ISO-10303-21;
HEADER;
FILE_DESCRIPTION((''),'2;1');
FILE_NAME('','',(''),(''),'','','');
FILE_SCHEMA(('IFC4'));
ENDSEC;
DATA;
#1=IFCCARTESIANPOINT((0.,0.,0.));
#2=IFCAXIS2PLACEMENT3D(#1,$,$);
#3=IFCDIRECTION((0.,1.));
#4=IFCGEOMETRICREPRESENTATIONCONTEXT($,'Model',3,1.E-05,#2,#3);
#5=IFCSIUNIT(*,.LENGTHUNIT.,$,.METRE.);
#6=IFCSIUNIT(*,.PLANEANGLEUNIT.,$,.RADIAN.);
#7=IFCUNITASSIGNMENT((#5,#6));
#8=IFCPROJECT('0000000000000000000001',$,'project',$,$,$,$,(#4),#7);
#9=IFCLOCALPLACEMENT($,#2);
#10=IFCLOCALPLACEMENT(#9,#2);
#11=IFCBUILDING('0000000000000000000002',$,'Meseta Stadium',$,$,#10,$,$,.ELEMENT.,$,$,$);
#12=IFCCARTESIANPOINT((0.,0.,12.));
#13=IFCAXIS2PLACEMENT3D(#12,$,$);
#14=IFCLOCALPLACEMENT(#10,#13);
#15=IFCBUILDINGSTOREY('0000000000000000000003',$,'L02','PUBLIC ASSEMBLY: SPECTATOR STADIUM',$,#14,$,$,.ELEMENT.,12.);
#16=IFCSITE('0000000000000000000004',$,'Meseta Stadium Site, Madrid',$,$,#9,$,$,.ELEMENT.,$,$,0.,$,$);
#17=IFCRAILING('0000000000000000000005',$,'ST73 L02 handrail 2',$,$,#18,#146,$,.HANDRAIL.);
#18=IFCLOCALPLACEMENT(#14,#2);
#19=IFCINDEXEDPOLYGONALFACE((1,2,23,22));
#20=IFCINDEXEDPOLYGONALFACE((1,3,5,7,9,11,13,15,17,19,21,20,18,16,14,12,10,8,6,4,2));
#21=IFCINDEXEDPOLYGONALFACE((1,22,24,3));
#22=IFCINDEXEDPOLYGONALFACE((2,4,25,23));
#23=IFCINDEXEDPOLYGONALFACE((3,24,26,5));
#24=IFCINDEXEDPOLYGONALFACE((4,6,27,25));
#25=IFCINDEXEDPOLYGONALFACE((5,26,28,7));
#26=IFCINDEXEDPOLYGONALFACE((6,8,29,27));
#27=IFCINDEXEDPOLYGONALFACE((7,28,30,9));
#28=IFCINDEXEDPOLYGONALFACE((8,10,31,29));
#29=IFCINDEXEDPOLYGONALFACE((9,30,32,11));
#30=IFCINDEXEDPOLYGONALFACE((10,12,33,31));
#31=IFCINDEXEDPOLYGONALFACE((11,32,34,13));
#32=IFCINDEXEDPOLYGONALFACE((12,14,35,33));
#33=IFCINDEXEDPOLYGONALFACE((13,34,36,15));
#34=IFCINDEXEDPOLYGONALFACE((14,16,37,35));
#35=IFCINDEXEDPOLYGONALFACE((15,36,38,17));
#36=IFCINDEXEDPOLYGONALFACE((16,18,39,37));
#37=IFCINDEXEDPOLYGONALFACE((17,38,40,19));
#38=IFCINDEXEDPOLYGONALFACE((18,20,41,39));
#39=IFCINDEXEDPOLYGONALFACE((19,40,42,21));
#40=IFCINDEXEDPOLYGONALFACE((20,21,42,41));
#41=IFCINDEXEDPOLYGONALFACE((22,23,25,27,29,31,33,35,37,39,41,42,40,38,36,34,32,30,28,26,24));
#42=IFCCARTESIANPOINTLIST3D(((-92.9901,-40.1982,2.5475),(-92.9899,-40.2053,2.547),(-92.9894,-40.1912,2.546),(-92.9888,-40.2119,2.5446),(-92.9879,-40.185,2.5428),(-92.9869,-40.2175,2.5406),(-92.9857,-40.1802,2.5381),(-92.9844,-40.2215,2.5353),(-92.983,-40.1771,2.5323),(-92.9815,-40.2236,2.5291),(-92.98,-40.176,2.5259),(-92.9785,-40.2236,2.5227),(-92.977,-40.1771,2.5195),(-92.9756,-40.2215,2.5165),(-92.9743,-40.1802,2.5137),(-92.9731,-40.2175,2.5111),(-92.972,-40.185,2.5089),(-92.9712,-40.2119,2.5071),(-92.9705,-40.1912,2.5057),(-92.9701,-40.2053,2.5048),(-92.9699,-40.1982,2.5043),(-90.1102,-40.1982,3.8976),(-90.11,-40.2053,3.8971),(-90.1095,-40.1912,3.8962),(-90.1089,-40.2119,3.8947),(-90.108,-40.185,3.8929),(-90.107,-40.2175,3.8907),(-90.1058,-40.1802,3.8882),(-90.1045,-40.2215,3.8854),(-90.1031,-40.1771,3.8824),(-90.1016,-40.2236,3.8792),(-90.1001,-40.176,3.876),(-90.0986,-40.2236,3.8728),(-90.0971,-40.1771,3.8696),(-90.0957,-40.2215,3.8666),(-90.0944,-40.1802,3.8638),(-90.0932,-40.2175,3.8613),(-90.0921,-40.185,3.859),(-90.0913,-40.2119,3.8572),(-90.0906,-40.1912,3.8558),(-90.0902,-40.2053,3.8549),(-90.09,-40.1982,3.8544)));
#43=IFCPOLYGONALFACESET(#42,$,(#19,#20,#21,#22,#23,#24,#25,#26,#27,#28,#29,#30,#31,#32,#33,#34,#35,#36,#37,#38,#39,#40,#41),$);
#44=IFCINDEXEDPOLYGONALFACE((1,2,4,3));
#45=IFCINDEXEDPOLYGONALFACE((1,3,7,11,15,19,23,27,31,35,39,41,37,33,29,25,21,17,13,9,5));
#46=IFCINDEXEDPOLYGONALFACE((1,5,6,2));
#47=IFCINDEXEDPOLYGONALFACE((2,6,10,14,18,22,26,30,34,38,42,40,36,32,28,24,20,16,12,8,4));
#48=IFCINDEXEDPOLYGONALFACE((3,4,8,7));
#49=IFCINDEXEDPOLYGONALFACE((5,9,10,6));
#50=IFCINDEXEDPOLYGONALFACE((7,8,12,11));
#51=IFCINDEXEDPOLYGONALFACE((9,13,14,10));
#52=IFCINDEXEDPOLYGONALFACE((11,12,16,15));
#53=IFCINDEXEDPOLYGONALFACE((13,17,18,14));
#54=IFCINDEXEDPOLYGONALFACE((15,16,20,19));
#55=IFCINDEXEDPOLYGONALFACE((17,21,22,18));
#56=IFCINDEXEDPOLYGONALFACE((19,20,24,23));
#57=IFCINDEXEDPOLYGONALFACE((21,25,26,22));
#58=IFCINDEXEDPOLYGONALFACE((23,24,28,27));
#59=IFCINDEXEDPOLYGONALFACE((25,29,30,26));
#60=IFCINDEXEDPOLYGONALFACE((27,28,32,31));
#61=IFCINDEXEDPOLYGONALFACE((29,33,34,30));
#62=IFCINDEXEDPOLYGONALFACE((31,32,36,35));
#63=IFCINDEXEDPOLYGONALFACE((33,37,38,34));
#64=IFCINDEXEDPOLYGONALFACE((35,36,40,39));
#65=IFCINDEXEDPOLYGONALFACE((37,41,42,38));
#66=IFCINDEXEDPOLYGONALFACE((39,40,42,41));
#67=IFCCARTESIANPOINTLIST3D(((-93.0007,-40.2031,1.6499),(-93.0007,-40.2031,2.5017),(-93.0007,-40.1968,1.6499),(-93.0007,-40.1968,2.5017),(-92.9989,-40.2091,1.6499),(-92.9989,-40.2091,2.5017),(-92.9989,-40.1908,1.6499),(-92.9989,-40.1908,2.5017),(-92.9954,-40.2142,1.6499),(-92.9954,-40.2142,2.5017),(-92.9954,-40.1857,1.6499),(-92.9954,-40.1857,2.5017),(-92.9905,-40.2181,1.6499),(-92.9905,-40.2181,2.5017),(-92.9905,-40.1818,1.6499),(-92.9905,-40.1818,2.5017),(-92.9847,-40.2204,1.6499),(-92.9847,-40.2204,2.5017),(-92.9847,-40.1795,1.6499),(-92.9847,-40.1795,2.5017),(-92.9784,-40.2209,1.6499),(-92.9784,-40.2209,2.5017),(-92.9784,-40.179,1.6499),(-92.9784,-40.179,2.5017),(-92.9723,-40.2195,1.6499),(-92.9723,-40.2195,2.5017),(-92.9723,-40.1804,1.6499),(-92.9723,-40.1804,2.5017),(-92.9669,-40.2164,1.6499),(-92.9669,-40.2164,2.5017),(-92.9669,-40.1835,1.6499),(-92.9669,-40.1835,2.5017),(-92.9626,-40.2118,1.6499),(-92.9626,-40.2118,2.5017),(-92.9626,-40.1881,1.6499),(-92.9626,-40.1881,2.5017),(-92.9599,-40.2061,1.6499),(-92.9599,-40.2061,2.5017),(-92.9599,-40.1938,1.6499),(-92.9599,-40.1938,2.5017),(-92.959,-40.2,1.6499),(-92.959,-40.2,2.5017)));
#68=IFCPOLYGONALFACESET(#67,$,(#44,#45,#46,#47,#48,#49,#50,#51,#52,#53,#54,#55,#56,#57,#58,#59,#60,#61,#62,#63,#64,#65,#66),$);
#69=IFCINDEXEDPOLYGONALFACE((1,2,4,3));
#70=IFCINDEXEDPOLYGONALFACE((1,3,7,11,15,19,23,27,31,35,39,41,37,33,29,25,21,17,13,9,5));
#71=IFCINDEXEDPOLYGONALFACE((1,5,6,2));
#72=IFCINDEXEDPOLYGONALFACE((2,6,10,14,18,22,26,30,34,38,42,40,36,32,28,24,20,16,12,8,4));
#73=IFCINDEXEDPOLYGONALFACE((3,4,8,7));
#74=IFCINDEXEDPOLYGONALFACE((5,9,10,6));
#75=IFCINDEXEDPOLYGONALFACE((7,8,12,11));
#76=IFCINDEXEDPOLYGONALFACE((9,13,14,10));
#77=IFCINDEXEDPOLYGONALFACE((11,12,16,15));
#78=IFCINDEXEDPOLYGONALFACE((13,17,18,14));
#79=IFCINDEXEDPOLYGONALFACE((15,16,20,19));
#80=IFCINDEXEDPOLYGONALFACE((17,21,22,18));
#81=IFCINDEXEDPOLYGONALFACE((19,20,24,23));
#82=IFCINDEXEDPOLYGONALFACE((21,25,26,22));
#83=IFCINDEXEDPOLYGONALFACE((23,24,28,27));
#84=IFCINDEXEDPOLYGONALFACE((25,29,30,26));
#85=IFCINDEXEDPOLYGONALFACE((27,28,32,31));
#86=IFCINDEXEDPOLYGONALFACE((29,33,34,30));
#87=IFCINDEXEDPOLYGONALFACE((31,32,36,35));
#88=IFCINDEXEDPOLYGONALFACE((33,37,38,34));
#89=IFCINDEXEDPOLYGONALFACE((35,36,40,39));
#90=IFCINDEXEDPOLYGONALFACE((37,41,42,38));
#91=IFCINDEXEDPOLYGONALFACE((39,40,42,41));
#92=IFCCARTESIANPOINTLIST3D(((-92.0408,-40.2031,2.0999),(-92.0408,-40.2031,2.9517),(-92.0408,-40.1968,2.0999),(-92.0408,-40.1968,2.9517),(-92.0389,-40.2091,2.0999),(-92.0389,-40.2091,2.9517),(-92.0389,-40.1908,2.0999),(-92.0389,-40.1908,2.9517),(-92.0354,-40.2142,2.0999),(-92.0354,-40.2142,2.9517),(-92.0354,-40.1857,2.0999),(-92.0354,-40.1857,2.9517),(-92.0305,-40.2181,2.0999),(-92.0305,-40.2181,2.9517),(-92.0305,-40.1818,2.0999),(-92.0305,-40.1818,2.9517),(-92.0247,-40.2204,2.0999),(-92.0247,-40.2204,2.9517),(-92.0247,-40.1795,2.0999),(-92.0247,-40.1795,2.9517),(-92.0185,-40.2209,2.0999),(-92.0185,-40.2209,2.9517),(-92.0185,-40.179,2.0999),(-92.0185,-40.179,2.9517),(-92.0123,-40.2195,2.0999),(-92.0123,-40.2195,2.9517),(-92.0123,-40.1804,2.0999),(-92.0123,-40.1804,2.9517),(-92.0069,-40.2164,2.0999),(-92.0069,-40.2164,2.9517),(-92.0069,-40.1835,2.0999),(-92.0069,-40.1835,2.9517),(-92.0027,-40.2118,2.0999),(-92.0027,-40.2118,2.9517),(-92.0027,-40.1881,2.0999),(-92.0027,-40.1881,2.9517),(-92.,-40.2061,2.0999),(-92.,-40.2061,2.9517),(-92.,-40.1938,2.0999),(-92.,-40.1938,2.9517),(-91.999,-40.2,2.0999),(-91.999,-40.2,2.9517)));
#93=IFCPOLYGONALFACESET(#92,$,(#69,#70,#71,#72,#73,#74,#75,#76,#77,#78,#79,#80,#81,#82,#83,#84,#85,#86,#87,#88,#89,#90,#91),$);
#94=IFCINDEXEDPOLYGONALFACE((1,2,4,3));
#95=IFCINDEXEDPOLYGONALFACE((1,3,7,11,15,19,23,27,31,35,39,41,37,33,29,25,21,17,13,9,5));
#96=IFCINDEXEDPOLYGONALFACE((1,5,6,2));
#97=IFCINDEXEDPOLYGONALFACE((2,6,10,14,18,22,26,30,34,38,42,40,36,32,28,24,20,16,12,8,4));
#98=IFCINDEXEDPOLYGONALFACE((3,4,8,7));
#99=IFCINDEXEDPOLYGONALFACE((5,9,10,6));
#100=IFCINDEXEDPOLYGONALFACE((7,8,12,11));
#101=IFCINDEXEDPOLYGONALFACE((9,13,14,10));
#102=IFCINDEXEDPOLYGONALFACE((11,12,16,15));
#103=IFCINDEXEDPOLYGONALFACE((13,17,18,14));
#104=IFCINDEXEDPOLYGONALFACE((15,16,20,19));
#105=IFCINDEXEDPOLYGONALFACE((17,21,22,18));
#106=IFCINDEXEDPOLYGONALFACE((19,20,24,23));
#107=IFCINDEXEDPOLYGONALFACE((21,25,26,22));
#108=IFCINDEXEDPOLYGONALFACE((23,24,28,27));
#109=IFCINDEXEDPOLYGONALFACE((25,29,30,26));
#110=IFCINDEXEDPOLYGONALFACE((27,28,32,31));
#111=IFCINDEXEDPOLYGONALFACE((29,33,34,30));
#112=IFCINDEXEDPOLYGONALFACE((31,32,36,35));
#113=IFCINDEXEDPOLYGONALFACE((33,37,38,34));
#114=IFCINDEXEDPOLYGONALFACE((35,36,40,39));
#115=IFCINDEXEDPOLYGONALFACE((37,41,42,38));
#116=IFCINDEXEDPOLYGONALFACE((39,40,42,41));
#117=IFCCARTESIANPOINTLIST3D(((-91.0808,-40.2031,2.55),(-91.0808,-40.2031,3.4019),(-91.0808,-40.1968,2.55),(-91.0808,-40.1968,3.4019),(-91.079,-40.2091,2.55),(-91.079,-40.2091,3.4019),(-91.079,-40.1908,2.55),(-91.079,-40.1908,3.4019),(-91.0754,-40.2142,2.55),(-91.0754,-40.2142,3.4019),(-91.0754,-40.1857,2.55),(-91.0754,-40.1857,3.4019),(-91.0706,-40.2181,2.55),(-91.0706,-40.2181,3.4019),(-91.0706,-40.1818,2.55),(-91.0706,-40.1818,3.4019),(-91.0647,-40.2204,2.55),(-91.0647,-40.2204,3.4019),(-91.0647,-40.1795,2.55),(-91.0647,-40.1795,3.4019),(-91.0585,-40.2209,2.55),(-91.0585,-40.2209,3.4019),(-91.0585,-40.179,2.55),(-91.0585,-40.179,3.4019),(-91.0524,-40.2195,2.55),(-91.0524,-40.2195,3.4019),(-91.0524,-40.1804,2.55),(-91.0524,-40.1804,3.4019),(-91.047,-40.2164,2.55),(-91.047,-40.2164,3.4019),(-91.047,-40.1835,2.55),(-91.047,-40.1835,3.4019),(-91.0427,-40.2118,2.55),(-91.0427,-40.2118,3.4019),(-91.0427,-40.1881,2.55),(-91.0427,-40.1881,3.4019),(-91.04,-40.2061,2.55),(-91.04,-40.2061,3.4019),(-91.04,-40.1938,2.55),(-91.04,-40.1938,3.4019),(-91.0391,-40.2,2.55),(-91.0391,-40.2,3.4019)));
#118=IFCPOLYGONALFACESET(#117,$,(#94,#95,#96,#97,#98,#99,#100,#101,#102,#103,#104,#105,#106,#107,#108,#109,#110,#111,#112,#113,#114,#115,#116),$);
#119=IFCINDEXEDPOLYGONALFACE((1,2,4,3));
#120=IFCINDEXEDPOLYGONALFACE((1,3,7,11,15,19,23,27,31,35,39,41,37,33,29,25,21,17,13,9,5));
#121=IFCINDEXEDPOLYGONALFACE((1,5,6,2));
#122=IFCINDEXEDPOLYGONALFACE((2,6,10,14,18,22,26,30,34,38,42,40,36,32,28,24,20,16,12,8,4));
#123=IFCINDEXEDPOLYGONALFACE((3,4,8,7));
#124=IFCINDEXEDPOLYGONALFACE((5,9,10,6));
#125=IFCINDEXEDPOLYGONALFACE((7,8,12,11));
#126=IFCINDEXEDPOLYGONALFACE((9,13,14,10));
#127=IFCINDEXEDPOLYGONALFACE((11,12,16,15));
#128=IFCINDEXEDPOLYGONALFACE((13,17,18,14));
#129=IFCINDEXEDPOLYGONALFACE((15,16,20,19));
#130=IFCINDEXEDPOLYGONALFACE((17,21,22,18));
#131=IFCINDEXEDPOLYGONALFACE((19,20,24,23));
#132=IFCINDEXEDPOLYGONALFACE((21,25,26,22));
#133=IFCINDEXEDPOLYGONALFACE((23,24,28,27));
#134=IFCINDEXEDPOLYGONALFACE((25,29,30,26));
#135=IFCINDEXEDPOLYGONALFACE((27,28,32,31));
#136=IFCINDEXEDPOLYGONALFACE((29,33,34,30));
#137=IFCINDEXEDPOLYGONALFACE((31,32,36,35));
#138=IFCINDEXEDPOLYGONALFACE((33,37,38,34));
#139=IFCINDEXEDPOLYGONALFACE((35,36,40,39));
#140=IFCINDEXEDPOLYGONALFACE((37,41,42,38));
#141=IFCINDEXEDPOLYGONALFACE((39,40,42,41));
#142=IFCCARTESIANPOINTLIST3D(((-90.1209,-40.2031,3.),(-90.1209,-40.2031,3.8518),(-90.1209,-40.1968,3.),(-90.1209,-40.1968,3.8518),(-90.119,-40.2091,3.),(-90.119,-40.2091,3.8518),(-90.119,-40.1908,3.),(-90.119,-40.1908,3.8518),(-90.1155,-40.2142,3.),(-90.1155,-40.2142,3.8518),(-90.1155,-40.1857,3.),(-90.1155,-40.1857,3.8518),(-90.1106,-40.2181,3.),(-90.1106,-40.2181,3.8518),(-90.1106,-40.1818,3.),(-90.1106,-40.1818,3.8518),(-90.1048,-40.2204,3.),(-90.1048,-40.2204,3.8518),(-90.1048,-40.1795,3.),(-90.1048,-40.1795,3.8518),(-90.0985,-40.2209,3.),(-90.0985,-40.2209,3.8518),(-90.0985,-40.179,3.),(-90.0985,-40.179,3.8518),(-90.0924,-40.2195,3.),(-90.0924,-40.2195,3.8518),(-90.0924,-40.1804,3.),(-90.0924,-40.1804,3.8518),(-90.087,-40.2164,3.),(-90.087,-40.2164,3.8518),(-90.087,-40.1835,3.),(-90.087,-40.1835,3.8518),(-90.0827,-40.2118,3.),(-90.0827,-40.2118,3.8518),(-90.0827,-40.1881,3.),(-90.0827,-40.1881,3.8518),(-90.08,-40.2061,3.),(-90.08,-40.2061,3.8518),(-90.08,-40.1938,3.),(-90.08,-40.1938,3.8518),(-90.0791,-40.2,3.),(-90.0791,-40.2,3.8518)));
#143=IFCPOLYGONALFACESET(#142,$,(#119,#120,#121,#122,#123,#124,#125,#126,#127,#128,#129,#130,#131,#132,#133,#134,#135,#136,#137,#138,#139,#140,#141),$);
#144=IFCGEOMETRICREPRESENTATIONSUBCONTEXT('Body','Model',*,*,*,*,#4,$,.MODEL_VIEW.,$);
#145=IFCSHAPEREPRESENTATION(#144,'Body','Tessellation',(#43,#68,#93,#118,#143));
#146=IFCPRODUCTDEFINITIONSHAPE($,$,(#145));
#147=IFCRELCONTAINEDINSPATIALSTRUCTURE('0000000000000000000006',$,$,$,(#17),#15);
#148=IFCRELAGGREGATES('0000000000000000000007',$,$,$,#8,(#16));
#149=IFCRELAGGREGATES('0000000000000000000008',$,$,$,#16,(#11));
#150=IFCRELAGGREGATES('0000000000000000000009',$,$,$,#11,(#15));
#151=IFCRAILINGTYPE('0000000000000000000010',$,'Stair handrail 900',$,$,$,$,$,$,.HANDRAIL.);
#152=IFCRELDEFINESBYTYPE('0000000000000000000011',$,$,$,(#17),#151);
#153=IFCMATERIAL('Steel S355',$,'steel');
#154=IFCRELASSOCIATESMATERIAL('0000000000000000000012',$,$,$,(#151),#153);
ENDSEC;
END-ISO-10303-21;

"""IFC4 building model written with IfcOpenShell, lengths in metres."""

from ifc_helpers import new_model, si_unit, direction, frame, origin, origin_2d, place, context, subcontext, project, spatial, circle, extrude, material, type_object, element, save


model = new_model("IFC4")

# Units and contexts
model_context = context("Model", 3, precision=1e-05, world=origin(), true_north=direction((0.0, 1.0)))
body_context = subcontext(model_context, "Body", "Model", "MODEL_VIEW")
ifc_project = project(units=[si_unit("LENGTHUNIT", "METRE"), si_unit("PLANEANGLEUNIT", "RADIAN")], contexts=[model_context])

# Site, building, storey
site_placement = place(None, origin())
site = spatial("IfcSite", under=ifc_project, at=site_placement, Name="Meseta Stadium Site, Madrid", CompositionType="ELEMENT", RefElevation=0.0)
building_placement = place(site_placement, origin())
building = spatial("IfcBuilding", under=site, at=building_placement, Name="Meseta Stadium", CompositionType="ELEMENT")
storey_placement = place(building_placement, frame((0.0, 0.0, 12.0)))
storey = spatial("IfcBuildingStorey", under=building, at=storey_placement, Name="L02", Description="PUBLIC ASSEMBLY: SPECTATOR STADIUM", CompositionType="ELEMENT", Elevation=12.0)

# Railing
ifc_material_1 = material(Name="Steel S355", Category="steel")
railing_type_1 = type_object("IfcRailingType", Name="Stair handrail 900", PredefinedType="HANDRAIL", material=ifc_material_1)
for number, where, name in (
    (1, (-92.98, -40.2, 1.6499), "ST73 L02 handrail 2"),
):
    element("IfcRailing", number, at=place(storey_placement, frame(where)), inside=storey, type_object=railing_type_1, Name=name, PredefinedType="HANDRAIL", context=body_context, shape_type="SweptSolid", body=[
        extrude(circle(Radius=0.0239, at=origin_2d()), frame((0.0, 0.0, 0.876), z_axis=(0.90544, 0.0, 0.424473), x_axis=(0.0, 1.0, 0.0)), (0.0, 0.0, 1.0), 3.1807),
        extrude(circle(Radius=0.021, at=origin_2d()), origin(), (0.0, 0.0, 1.0), 0.8518),
        extrude(circle(Radius=0.021, at=origin_2d()), frame((0.96, 0.0, 0.45)), (0.0, 0.0, 1.0), 0.8518),
        extrude(circle(Radius=0.021, at=origin_2d()), frame((1.9199, 0.0, 0.9001)), (0.0, 0.0, 1.0), 0.8518),
        extrude(circle(Radius=0.021, at=origin_2d()), frame((2.8799, 0.0, 1.3501)), (0.0, 0.0, 1.0), 0.8518),
    ])

save(model, "model.ifc")
